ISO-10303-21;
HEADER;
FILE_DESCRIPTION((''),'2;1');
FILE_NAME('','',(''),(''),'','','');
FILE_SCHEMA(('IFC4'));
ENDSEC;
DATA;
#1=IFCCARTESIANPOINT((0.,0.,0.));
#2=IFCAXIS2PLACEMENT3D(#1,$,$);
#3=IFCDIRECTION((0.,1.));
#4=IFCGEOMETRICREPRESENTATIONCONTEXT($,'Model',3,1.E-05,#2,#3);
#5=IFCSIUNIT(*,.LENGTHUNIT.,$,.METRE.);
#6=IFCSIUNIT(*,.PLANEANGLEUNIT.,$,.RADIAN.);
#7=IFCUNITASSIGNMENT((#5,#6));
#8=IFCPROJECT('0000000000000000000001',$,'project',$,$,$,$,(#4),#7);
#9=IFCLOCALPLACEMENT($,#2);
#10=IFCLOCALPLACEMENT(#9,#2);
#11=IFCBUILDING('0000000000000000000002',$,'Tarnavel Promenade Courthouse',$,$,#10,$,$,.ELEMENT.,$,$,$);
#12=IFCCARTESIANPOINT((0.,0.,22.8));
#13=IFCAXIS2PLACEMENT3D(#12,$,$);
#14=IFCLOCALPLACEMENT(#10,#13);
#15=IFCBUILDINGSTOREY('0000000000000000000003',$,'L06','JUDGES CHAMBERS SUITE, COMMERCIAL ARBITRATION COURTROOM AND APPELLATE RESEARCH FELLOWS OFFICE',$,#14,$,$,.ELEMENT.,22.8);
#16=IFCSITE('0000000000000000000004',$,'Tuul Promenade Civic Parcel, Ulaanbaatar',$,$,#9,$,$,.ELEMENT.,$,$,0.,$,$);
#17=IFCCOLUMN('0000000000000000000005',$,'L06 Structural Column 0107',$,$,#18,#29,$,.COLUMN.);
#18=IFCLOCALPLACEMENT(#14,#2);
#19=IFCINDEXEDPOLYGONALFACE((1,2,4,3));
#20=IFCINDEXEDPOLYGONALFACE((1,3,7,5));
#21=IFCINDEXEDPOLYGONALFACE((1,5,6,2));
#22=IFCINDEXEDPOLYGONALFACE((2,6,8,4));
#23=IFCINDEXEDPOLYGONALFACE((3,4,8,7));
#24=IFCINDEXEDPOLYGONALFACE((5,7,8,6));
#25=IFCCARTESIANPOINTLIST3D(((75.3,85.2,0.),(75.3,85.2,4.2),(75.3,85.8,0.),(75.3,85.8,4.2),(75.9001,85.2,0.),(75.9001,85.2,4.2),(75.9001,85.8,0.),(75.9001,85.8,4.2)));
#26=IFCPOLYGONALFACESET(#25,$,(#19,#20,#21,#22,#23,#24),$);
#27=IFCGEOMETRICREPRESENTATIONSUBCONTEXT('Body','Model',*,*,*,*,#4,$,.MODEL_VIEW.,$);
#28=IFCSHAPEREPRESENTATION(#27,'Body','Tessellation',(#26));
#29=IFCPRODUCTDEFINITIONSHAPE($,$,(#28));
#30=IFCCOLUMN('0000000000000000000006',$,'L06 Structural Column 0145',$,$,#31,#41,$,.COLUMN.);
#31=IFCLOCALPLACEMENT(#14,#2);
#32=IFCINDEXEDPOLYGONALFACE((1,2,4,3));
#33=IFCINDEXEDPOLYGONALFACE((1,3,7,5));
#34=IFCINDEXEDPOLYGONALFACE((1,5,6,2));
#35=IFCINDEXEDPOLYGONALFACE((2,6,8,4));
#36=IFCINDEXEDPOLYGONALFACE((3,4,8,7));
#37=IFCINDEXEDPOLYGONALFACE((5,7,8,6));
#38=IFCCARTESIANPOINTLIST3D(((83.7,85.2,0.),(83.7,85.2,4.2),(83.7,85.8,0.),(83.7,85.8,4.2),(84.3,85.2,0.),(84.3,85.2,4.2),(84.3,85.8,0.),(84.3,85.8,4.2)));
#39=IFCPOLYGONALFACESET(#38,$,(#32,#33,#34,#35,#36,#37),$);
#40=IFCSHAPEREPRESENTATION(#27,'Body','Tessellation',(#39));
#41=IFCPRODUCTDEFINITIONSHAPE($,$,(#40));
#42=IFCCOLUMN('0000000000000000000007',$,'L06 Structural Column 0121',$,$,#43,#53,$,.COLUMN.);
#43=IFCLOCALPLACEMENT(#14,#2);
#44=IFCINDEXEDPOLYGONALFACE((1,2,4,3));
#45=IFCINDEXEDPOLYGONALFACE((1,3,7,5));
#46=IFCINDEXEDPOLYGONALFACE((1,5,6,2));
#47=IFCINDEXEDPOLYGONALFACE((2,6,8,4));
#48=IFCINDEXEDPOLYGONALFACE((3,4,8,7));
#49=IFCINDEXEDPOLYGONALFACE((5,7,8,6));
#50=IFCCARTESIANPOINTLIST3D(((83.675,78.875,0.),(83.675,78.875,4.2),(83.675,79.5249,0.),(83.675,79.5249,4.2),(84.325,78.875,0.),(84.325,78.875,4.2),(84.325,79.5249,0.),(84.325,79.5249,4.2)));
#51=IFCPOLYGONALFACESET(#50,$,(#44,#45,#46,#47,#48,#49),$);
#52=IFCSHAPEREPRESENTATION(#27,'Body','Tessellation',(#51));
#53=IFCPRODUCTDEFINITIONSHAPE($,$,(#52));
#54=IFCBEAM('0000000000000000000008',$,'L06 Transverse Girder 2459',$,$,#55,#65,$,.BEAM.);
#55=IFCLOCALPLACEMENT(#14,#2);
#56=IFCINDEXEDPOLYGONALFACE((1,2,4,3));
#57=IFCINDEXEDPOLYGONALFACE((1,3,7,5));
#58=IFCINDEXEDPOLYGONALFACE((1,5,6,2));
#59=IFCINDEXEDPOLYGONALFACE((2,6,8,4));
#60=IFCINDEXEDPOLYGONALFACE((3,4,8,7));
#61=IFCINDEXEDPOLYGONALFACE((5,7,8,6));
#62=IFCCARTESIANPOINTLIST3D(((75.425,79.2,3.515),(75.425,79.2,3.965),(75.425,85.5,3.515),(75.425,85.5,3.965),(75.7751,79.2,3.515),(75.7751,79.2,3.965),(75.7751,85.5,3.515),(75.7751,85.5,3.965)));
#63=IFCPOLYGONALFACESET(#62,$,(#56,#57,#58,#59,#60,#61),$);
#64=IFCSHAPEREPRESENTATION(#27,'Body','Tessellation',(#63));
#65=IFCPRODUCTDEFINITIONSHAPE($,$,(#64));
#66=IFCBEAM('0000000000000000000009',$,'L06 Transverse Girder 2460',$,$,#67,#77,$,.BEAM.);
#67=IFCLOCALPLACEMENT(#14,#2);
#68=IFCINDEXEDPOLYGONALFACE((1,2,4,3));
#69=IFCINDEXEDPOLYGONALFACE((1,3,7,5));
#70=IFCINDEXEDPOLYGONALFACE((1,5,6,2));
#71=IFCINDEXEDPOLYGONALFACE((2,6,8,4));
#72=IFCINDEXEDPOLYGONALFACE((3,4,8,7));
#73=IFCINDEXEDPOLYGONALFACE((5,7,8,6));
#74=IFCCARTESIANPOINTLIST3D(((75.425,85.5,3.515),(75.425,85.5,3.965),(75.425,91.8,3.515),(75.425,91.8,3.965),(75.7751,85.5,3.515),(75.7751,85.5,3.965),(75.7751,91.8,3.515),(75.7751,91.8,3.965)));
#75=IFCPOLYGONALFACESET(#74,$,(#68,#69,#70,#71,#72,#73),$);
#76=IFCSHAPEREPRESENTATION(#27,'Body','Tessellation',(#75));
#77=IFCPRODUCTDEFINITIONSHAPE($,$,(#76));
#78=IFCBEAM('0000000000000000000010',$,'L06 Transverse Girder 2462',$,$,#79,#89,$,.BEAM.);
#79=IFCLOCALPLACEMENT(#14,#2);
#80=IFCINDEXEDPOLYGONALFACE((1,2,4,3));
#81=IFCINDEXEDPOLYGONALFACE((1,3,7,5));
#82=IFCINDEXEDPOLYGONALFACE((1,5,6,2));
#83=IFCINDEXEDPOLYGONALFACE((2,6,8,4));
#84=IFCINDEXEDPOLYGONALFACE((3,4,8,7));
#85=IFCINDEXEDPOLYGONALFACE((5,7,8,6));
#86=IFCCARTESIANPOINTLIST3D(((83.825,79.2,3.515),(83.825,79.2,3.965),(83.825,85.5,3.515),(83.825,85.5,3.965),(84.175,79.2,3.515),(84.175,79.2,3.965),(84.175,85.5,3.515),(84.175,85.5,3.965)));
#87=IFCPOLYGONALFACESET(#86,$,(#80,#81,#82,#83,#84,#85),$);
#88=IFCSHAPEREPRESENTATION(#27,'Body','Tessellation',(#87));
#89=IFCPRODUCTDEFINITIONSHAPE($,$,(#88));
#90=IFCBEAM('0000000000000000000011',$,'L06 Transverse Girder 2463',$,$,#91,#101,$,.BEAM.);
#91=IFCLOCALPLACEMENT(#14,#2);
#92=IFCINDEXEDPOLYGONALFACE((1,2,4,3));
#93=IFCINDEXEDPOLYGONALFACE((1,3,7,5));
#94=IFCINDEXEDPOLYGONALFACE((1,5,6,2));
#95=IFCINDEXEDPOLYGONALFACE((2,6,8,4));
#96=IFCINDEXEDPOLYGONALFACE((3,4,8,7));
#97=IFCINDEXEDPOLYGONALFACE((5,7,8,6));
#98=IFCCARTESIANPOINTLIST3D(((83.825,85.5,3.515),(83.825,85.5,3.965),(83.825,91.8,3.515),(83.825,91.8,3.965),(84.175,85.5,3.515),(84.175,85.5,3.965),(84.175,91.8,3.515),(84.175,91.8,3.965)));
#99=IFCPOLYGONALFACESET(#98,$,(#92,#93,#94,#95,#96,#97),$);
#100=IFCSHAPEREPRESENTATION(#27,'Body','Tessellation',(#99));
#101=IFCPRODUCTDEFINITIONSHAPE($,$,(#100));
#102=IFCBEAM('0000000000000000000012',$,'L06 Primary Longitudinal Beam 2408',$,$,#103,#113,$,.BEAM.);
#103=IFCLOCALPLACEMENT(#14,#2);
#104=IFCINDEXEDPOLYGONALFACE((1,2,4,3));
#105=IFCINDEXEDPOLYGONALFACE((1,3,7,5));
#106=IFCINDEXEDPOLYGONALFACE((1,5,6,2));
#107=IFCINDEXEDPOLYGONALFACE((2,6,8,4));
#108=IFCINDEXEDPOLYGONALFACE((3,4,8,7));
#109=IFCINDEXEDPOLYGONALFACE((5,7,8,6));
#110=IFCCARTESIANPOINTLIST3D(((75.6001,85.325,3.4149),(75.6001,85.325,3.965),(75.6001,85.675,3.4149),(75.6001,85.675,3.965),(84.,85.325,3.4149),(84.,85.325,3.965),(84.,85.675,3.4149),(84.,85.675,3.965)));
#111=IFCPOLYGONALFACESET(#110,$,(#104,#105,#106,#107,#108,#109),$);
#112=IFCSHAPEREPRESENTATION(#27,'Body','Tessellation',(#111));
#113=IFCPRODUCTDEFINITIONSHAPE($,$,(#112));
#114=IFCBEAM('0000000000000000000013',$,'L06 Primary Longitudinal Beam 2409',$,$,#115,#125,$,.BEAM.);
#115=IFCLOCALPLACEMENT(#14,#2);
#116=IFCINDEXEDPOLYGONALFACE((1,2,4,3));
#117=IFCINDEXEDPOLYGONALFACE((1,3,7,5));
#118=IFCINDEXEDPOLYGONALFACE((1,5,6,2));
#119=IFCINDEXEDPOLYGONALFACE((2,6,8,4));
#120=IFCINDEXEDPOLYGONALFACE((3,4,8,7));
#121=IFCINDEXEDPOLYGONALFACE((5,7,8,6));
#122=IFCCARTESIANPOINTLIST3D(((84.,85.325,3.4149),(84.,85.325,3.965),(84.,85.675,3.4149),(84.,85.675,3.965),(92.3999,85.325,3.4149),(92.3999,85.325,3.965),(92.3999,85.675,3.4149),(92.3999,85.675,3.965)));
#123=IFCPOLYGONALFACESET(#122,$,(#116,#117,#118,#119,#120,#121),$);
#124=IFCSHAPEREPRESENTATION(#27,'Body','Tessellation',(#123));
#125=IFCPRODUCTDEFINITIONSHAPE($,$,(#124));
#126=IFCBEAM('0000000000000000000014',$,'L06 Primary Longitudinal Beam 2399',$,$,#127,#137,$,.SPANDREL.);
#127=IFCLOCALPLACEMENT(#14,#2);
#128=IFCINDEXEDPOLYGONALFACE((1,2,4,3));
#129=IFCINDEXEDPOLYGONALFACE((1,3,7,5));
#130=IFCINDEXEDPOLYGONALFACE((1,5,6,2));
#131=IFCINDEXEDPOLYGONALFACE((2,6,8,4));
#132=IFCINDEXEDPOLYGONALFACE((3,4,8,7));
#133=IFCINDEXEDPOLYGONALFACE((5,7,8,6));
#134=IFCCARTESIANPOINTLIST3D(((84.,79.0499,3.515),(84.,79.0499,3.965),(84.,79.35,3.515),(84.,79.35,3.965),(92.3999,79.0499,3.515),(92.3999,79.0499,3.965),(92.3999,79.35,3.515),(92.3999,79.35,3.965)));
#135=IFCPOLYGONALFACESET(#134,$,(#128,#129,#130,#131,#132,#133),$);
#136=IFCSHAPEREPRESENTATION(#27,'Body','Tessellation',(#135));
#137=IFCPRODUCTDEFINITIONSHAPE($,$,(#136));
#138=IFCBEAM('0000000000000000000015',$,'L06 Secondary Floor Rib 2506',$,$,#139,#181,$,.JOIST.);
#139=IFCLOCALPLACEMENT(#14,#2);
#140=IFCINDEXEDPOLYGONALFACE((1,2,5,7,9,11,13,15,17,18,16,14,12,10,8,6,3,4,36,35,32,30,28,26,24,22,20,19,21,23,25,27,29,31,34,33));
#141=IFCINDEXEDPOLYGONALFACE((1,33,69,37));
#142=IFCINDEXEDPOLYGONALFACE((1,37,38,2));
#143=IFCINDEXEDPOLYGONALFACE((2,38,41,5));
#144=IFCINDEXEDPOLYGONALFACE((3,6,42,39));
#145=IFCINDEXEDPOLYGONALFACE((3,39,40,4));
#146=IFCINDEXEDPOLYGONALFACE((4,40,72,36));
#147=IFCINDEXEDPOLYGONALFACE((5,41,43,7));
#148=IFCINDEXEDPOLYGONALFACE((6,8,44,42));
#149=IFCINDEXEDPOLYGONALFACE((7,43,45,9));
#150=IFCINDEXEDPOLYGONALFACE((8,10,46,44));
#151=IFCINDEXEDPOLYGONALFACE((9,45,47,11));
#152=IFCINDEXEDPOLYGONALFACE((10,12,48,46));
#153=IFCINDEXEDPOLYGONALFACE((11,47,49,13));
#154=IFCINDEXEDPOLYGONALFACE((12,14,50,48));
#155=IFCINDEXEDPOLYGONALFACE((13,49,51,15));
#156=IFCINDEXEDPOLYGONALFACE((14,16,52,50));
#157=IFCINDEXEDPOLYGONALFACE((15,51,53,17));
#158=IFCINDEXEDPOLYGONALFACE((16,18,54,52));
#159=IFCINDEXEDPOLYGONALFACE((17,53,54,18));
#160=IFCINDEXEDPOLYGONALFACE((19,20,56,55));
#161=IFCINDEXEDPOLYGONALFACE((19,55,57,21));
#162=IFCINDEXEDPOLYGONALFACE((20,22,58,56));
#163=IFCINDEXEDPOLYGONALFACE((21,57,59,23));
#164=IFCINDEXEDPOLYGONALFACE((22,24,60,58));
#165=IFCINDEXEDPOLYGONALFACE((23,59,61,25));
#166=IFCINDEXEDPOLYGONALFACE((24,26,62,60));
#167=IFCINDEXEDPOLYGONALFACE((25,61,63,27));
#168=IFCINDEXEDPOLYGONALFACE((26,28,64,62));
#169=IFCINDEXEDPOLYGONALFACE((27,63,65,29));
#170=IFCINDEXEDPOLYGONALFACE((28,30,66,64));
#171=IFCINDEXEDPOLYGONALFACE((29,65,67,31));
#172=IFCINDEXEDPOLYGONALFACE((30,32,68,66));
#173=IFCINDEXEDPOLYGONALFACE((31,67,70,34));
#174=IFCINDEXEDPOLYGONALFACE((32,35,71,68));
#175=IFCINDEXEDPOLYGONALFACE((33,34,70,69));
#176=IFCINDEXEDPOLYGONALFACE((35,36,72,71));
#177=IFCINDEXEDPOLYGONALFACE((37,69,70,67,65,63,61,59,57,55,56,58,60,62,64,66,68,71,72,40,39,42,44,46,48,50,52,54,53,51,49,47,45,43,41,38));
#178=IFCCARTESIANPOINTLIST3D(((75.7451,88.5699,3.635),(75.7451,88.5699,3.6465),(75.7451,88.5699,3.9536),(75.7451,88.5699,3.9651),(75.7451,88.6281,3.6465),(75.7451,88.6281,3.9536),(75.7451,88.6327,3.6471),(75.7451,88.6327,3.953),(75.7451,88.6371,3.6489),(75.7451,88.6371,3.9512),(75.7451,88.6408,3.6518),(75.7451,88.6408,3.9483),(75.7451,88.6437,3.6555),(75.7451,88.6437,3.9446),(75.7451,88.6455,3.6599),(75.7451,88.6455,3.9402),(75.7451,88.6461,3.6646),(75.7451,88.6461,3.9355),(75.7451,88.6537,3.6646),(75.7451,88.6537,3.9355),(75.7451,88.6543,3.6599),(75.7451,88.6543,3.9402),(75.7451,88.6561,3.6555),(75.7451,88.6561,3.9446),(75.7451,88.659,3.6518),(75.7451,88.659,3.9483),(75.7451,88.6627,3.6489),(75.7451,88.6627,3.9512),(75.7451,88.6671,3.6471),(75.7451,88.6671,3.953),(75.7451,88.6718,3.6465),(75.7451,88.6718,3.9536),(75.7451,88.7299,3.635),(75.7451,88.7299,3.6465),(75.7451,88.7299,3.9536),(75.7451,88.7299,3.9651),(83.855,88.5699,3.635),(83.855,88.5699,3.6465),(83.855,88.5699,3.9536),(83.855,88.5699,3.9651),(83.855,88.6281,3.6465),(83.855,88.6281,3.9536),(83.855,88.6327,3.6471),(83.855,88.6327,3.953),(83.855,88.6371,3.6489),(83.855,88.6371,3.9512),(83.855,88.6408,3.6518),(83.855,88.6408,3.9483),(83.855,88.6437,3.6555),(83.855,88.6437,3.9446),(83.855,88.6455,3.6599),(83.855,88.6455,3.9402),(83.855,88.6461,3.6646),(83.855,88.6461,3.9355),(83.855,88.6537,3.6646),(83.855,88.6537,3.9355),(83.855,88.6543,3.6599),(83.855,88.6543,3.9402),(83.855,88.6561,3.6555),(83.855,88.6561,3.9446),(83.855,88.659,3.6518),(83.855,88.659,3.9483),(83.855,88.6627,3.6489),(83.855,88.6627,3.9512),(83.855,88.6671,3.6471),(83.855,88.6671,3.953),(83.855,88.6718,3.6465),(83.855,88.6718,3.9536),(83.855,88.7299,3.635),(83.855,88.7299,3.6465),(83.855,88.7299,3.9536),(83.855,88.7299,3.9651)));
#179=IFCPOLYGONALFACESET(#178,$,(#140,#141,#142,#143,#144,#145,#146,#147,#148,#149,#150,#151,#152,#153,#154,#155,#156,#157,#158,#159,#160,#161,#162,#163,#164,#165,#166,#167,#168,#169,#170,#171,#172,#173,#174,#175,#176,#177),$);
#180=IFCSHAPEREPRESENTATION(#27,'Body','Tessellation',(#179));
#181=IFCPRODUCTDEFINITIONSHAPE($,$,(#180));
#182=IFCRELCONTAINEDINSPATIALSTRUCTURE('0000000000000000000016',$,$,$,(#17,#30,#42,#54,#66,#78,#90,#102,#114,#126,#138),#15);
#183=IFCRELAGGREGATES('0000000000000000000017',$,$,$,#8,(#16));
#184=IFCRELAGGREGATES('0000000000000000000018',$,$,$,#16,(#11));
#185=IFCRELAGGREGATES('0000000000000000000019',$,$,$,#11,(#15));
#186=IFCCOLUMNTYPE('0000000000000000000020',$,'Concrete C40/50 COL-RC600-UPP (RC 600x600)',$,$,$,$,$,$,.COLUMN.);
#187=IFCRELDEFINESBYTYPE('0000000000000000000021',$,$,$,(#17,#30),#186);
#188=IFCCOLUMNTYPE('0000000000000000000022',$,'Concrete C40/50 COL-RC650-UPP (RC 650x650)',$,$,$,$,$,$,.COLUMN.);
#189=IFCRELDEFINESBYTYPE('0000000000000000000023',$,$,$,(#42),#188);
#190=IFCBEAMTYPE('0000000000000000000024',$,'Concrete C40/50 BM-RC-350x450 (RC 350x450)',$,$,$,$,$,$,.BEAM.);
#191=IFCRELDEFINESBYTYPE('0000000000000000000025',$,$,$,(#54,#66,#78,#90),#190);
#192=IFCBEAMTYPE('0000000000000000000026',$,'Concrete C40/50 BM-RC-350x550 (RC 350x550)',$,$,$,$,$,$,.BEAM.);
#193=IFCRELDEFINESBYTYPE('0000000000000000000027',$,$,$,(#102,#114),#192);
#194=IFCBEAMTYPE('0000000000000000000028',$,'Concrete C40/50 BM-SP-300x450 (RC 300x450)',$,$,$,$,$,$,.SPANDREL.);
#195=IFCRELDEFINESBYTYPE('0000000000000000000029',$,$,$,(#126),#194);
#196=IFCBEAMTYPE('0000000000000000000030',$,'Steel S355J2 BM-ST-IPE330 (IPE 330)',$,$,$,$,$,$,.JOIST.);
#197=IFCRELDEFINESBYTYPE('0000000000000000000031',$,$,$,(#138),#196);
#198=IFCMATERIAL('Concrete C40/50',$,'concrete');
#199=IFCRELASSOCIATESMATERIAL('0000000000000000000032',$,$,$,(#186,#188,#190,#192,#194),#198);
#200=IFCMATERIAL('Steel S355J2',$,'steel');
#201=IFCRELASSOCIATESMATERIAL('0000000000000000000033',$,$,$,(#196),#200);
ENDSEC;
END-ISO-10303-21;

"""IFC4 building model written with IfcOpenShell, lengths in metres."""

from ifc_helpers import new_model, si_unit, direction, frame, origin, origin_2d, place, context, subcontext, project, spatial, rectangle, i_section, extrude, material, material_profile, profile_set, type_object, element, save


model = new_model("IFC4")

# Units and contexts
model_context = context("Model", 3, precision=1e-05, world=origin(), true_north=direction((0.0, 1.0)))
body_context = subcontext(model_context, "Body", "Model", "MODEL_VIEW")
ifc_project = project(units=[si_unit("LENGTHUNIT", "METRE"), si_unit("PLANEANGLEUNIT", "RADIAN")], contexts=[model_context])

# Site, building, storey
site_placement = place(None, origin())
site = spatial("IfcSite", under=ifc_project, at=site_placement, Name="Tuul Promenade Civic Parcel, Ulaanbaatar", CompositionType="ELEMENT", RefElevation=0.0)
building_placement = place(site_placement, origin())
building = spatial("IfcBuilding", under=site, at=building_placement, Name="Tarnavel Promenade Courthouse", CompositionType="ELEMENT")
storey_placement = place(building_placement, frame((0.0, 0.0, 22.8)))
storey = spatial("IfcBuildingStorey", under=building, at=storey_placement, Name="L06", Description="JUDGES CHAMBERS SUITE, COMMERCIAL ARBITRATION COURTROOM AND APPELLATE RESEARCH FELLOWS OFFICE", CompositionType="ELEMENT", Elevation=22.8)

# Columns
ifc_material_1 = material(Name="Concrete C40/50", Category="concrete")
ifc_material_profile_1 = material_profile(ifc_material_1, rectangle(XDim=0.6001, YDim=0.6001, at=origin_2d()), Name="RC 600x600")
ifc_profile_set_1 = profile_set([ifc_material_profile_1], Name="Concrete C40/50")
column_type_1 = type_object("IfcColumnType", Name="Concrete C40/50 COL-RC600-UPP (RC 600x600)", PredefinedType="COLUMN", material=ifc_profile_set_1)
for number, where, z_axis, x_axis, name in (
    (1, (75.6001, 85.5, 0.0), (0.0, 0.0, 1.0), (1.0, 0.0, 0.0), "L06 Structural Column 0107"),
    (2, (84.0, 85.5, 0.0), (0.0, 0.0, 1.0), (1.0, 0.0, 0.0), "L06 Structural Column 0145"),
):
    element("IfcColumn", number, at=place(storey_placement, frame(where, z_axis=z_axis, x_axis=x_axis)), inside=storey, type_object=column_type_1, Name=name, PredefinedType="COLUMN", context=body_context, shape_type="SweptSolid", body=[
        extrude(rectangle(XDim=0.6001, YDim=0.6001, at=origin_2d()), origin(), (0.0, 0.0, 1.0), 4.2),
    ])
ifc_material_profile_2 = material_profile(ifc_material_1, rectangle(XDim=0.6499, YDim=0.6499, at=origin_2d()), Name="RC 650x650")
ifc_profile_set_2 = profile_set([ifc_material_profile_2], Name="Concrete C40/50")
column_type_2 = type_object("IfcColumnType", Name="Concrete C40/50 COL-RC650-UPP (RC 650x650)", PredefinedType="COLUMN", material=ifc_profile_set_2)
column_placement = place(storey_placement, frame((84.0, 79.2, 0.0), z_axis=(0.0, 0.0, 1.0), x_axis=(1.0, 0.0, 0.0)))
element("IfcColumn", 3, at=column_placement, inside=storey, type_object=column_type_2, Name="L06 Structural Column 0121", PredefinedType="COLUMN", context=body_context, shape_type="SweptSolid", body=[
    extrude(rectangle(XDim=0.6499, YDim=0.6499, at=origin_2d()), origin(), (0.0, 0.0, 1.0), 4.2),
])

# Beams
ifc_material_profile_3 = material_profile(ifc_material_1, rectangle(XDim=0.3501, YDim=0.45, at=origin_2d()), Name="RC 350x450")
ifc_profile_set_3 = profile_set([ifc_material_profile_3], Name="Concrete C40/50")
beam_type_1 = type_object("IfcBeamType", Name="Concrete C40/50 BM-RC-350x450 (RC 350x450)", PredefinedType="BEAM", material=ifc_profile_set_3)
for number, where, z_axis, x_axis, name in (
    (4, (75.6001, 79.2, 3.74), (0.0, 1.0, 0.0), (-1.0, 0.0, 0.0), "L06 Transverse Girder 2459"),
    (5, (75.6001, 85.5, 3.74), (0.0, 1.0, 0.0), (-1.0, 0.0, 0.0), "L06 Transverse Girder 2460"),
    (6, (84.0, 79.2, 3.74), (0.0, 1.0, 0.0), (-1.0, 0.0, 0.0), "L06 Transverse Girder 2462"),
    (7, (84.0, 85.5, 3.74), (0.0, 1.0, 0.0), (-1.0, 0.0, 0.0), "L06 Transverse Girder 2463"),
):
    element("IfcBeam", number, at=place(storey_placement, frame(where, z_axis=z_axis, x_axis=x_axis)), inside=storey, type_object=beam_type_1, Name=name, PredefinedType="BEAM", context=body_context, shape_type="SweptSolid", body=[
        extrude(rectangle(XDim=0.3501, YDim=0.45, at=origin_2d()), origin(), (0.0, 0.0, 1.0), 6.3),
    ])
ifc_material_profile_4 = material_profile(ifc_material_1, rectangle(XDim=0.3501, YDim=0.55, at=origin_2d()), Name="RC 350x550")
ifc_profile_set_4 = profile_set([ifc_material_profile_4], Name="Concrete C40/50")
beam_type_2 = type_object("IfcBeamType", Name="Concrete C40/50 BM-RC-350x550 (RC 350x550)", PredefinedType="BEAM", material=ifc_profile_set_4)
for number, where, z_axis, x_axis, name in (
    (8, (75.6001, 85.5, 3.6899), (1.0, 0.0, 0.0), (0.0, 1.0, 0.0), "L06 Primary Longitudinal Beam 2408"),
    (9, (84.0, 85.5, 3.6899), (1.0, 0.0, 0.0), (0.0, 1.0, 0.0), "L06 Primary Longitudinal Beam 2409"),
):
    element("IfcBeam", number, at=place(storey_placement, frame(where, z_axis=z_axis, x_axis=x_axis)), inside=storey, type_object=beam_type_2, Name=name, PredefinedType="BEAM", context=body_context, shape_type="SweptSolid", body=[
        extrude(rectangle(XDim=0.3501, YDim=0.55, at=origin_2d()), origin(), (0.0, 0.0, 1.0), 8.3999),
    ])
ifc_material_profile_5 = material_profile(ifc_material_1, rectangle(XDim=0.3, YDim=0.45, at=origin_2d()), Name="RC 300x450")
ifc_profile_set_5 = profile_set([ifc_material_profile_5], Name="Concrete C40/50")
beam_type_3 = type_object("IfcBeamType", Name="Concrete C40/50 BM-SP-300x450 (RC 300x450)", PredefinedType="SPANDREL", material=ifc_profile_set_5)
beam_placement = place(storey_placement, frame((84.0, 79.2, 3.74), z_axis=(1.0, 0.0, 0.0), x_axis=(0.0, 1.0, 0.0)))
element("IfcBeam", 10, at=beam_placement, inside=storey, type_object=beam_type_3, Name="L06 Primary Longitudinal Beam 2399", PredefinedType="SPANDREL", context=body_context, shape_type="SweptSolid", body=[
    extrude(rectangle(XDim=0.3, YDim=0.45, at=origin_2d()), origin(), (0.0, 0.0, 1.0), 8.3999),
])
ifc_material_2 = material(Name="Steel S355J2", Category="steel")
ifc_material_profile_6 = material_profile(ifc_material_2, i_section(OverallWidth=0.1599, OverallDepth=0.3301, WebThickness=0.0076, FlangeThickness=0.0115, FilletRadius=0.0181, at=origin_2d()), Name="IPE 330")
ifc_profile_set_6 = profile_set([ifc_material_profile_6], Name="Steel S355J2")
beam_type_4 = type_object("IfcBeamType", Name="Steel S355J2 BM-ST-IPE330 (IPE 330)", PredefinedType="JOIST", material=ifc_profile_set_6)
for number, where, z_axis, x_axis, name in (
    (11, (75.7451, 88.6499, 3.8), (1.0, 0.0, 0.0), (0.0, 1.0, 0.0), "L06 Secondary Floor Rib 2506"),
):
    element("IfcBeam", number, at=place(storey_placement, frame(where, z_axis=z_axis, x_axis=x_axis)), inside=storey, type_object=beam_type_4, Name=name, PredefinedType="JOIST", context=body_context, shape_type="SweptSolid", body=[
        extrude(i_section(OverallWidth=0.1599, OverallDepth=0.3301, WebThickness=0.0076, FlangeThickness=0.0115, FilletRadius=0.0181, at=origin_2d()), origin(), (0.0, 0.0, 1.0), 8.1099),
    ])

save(model, "model.ifc")
